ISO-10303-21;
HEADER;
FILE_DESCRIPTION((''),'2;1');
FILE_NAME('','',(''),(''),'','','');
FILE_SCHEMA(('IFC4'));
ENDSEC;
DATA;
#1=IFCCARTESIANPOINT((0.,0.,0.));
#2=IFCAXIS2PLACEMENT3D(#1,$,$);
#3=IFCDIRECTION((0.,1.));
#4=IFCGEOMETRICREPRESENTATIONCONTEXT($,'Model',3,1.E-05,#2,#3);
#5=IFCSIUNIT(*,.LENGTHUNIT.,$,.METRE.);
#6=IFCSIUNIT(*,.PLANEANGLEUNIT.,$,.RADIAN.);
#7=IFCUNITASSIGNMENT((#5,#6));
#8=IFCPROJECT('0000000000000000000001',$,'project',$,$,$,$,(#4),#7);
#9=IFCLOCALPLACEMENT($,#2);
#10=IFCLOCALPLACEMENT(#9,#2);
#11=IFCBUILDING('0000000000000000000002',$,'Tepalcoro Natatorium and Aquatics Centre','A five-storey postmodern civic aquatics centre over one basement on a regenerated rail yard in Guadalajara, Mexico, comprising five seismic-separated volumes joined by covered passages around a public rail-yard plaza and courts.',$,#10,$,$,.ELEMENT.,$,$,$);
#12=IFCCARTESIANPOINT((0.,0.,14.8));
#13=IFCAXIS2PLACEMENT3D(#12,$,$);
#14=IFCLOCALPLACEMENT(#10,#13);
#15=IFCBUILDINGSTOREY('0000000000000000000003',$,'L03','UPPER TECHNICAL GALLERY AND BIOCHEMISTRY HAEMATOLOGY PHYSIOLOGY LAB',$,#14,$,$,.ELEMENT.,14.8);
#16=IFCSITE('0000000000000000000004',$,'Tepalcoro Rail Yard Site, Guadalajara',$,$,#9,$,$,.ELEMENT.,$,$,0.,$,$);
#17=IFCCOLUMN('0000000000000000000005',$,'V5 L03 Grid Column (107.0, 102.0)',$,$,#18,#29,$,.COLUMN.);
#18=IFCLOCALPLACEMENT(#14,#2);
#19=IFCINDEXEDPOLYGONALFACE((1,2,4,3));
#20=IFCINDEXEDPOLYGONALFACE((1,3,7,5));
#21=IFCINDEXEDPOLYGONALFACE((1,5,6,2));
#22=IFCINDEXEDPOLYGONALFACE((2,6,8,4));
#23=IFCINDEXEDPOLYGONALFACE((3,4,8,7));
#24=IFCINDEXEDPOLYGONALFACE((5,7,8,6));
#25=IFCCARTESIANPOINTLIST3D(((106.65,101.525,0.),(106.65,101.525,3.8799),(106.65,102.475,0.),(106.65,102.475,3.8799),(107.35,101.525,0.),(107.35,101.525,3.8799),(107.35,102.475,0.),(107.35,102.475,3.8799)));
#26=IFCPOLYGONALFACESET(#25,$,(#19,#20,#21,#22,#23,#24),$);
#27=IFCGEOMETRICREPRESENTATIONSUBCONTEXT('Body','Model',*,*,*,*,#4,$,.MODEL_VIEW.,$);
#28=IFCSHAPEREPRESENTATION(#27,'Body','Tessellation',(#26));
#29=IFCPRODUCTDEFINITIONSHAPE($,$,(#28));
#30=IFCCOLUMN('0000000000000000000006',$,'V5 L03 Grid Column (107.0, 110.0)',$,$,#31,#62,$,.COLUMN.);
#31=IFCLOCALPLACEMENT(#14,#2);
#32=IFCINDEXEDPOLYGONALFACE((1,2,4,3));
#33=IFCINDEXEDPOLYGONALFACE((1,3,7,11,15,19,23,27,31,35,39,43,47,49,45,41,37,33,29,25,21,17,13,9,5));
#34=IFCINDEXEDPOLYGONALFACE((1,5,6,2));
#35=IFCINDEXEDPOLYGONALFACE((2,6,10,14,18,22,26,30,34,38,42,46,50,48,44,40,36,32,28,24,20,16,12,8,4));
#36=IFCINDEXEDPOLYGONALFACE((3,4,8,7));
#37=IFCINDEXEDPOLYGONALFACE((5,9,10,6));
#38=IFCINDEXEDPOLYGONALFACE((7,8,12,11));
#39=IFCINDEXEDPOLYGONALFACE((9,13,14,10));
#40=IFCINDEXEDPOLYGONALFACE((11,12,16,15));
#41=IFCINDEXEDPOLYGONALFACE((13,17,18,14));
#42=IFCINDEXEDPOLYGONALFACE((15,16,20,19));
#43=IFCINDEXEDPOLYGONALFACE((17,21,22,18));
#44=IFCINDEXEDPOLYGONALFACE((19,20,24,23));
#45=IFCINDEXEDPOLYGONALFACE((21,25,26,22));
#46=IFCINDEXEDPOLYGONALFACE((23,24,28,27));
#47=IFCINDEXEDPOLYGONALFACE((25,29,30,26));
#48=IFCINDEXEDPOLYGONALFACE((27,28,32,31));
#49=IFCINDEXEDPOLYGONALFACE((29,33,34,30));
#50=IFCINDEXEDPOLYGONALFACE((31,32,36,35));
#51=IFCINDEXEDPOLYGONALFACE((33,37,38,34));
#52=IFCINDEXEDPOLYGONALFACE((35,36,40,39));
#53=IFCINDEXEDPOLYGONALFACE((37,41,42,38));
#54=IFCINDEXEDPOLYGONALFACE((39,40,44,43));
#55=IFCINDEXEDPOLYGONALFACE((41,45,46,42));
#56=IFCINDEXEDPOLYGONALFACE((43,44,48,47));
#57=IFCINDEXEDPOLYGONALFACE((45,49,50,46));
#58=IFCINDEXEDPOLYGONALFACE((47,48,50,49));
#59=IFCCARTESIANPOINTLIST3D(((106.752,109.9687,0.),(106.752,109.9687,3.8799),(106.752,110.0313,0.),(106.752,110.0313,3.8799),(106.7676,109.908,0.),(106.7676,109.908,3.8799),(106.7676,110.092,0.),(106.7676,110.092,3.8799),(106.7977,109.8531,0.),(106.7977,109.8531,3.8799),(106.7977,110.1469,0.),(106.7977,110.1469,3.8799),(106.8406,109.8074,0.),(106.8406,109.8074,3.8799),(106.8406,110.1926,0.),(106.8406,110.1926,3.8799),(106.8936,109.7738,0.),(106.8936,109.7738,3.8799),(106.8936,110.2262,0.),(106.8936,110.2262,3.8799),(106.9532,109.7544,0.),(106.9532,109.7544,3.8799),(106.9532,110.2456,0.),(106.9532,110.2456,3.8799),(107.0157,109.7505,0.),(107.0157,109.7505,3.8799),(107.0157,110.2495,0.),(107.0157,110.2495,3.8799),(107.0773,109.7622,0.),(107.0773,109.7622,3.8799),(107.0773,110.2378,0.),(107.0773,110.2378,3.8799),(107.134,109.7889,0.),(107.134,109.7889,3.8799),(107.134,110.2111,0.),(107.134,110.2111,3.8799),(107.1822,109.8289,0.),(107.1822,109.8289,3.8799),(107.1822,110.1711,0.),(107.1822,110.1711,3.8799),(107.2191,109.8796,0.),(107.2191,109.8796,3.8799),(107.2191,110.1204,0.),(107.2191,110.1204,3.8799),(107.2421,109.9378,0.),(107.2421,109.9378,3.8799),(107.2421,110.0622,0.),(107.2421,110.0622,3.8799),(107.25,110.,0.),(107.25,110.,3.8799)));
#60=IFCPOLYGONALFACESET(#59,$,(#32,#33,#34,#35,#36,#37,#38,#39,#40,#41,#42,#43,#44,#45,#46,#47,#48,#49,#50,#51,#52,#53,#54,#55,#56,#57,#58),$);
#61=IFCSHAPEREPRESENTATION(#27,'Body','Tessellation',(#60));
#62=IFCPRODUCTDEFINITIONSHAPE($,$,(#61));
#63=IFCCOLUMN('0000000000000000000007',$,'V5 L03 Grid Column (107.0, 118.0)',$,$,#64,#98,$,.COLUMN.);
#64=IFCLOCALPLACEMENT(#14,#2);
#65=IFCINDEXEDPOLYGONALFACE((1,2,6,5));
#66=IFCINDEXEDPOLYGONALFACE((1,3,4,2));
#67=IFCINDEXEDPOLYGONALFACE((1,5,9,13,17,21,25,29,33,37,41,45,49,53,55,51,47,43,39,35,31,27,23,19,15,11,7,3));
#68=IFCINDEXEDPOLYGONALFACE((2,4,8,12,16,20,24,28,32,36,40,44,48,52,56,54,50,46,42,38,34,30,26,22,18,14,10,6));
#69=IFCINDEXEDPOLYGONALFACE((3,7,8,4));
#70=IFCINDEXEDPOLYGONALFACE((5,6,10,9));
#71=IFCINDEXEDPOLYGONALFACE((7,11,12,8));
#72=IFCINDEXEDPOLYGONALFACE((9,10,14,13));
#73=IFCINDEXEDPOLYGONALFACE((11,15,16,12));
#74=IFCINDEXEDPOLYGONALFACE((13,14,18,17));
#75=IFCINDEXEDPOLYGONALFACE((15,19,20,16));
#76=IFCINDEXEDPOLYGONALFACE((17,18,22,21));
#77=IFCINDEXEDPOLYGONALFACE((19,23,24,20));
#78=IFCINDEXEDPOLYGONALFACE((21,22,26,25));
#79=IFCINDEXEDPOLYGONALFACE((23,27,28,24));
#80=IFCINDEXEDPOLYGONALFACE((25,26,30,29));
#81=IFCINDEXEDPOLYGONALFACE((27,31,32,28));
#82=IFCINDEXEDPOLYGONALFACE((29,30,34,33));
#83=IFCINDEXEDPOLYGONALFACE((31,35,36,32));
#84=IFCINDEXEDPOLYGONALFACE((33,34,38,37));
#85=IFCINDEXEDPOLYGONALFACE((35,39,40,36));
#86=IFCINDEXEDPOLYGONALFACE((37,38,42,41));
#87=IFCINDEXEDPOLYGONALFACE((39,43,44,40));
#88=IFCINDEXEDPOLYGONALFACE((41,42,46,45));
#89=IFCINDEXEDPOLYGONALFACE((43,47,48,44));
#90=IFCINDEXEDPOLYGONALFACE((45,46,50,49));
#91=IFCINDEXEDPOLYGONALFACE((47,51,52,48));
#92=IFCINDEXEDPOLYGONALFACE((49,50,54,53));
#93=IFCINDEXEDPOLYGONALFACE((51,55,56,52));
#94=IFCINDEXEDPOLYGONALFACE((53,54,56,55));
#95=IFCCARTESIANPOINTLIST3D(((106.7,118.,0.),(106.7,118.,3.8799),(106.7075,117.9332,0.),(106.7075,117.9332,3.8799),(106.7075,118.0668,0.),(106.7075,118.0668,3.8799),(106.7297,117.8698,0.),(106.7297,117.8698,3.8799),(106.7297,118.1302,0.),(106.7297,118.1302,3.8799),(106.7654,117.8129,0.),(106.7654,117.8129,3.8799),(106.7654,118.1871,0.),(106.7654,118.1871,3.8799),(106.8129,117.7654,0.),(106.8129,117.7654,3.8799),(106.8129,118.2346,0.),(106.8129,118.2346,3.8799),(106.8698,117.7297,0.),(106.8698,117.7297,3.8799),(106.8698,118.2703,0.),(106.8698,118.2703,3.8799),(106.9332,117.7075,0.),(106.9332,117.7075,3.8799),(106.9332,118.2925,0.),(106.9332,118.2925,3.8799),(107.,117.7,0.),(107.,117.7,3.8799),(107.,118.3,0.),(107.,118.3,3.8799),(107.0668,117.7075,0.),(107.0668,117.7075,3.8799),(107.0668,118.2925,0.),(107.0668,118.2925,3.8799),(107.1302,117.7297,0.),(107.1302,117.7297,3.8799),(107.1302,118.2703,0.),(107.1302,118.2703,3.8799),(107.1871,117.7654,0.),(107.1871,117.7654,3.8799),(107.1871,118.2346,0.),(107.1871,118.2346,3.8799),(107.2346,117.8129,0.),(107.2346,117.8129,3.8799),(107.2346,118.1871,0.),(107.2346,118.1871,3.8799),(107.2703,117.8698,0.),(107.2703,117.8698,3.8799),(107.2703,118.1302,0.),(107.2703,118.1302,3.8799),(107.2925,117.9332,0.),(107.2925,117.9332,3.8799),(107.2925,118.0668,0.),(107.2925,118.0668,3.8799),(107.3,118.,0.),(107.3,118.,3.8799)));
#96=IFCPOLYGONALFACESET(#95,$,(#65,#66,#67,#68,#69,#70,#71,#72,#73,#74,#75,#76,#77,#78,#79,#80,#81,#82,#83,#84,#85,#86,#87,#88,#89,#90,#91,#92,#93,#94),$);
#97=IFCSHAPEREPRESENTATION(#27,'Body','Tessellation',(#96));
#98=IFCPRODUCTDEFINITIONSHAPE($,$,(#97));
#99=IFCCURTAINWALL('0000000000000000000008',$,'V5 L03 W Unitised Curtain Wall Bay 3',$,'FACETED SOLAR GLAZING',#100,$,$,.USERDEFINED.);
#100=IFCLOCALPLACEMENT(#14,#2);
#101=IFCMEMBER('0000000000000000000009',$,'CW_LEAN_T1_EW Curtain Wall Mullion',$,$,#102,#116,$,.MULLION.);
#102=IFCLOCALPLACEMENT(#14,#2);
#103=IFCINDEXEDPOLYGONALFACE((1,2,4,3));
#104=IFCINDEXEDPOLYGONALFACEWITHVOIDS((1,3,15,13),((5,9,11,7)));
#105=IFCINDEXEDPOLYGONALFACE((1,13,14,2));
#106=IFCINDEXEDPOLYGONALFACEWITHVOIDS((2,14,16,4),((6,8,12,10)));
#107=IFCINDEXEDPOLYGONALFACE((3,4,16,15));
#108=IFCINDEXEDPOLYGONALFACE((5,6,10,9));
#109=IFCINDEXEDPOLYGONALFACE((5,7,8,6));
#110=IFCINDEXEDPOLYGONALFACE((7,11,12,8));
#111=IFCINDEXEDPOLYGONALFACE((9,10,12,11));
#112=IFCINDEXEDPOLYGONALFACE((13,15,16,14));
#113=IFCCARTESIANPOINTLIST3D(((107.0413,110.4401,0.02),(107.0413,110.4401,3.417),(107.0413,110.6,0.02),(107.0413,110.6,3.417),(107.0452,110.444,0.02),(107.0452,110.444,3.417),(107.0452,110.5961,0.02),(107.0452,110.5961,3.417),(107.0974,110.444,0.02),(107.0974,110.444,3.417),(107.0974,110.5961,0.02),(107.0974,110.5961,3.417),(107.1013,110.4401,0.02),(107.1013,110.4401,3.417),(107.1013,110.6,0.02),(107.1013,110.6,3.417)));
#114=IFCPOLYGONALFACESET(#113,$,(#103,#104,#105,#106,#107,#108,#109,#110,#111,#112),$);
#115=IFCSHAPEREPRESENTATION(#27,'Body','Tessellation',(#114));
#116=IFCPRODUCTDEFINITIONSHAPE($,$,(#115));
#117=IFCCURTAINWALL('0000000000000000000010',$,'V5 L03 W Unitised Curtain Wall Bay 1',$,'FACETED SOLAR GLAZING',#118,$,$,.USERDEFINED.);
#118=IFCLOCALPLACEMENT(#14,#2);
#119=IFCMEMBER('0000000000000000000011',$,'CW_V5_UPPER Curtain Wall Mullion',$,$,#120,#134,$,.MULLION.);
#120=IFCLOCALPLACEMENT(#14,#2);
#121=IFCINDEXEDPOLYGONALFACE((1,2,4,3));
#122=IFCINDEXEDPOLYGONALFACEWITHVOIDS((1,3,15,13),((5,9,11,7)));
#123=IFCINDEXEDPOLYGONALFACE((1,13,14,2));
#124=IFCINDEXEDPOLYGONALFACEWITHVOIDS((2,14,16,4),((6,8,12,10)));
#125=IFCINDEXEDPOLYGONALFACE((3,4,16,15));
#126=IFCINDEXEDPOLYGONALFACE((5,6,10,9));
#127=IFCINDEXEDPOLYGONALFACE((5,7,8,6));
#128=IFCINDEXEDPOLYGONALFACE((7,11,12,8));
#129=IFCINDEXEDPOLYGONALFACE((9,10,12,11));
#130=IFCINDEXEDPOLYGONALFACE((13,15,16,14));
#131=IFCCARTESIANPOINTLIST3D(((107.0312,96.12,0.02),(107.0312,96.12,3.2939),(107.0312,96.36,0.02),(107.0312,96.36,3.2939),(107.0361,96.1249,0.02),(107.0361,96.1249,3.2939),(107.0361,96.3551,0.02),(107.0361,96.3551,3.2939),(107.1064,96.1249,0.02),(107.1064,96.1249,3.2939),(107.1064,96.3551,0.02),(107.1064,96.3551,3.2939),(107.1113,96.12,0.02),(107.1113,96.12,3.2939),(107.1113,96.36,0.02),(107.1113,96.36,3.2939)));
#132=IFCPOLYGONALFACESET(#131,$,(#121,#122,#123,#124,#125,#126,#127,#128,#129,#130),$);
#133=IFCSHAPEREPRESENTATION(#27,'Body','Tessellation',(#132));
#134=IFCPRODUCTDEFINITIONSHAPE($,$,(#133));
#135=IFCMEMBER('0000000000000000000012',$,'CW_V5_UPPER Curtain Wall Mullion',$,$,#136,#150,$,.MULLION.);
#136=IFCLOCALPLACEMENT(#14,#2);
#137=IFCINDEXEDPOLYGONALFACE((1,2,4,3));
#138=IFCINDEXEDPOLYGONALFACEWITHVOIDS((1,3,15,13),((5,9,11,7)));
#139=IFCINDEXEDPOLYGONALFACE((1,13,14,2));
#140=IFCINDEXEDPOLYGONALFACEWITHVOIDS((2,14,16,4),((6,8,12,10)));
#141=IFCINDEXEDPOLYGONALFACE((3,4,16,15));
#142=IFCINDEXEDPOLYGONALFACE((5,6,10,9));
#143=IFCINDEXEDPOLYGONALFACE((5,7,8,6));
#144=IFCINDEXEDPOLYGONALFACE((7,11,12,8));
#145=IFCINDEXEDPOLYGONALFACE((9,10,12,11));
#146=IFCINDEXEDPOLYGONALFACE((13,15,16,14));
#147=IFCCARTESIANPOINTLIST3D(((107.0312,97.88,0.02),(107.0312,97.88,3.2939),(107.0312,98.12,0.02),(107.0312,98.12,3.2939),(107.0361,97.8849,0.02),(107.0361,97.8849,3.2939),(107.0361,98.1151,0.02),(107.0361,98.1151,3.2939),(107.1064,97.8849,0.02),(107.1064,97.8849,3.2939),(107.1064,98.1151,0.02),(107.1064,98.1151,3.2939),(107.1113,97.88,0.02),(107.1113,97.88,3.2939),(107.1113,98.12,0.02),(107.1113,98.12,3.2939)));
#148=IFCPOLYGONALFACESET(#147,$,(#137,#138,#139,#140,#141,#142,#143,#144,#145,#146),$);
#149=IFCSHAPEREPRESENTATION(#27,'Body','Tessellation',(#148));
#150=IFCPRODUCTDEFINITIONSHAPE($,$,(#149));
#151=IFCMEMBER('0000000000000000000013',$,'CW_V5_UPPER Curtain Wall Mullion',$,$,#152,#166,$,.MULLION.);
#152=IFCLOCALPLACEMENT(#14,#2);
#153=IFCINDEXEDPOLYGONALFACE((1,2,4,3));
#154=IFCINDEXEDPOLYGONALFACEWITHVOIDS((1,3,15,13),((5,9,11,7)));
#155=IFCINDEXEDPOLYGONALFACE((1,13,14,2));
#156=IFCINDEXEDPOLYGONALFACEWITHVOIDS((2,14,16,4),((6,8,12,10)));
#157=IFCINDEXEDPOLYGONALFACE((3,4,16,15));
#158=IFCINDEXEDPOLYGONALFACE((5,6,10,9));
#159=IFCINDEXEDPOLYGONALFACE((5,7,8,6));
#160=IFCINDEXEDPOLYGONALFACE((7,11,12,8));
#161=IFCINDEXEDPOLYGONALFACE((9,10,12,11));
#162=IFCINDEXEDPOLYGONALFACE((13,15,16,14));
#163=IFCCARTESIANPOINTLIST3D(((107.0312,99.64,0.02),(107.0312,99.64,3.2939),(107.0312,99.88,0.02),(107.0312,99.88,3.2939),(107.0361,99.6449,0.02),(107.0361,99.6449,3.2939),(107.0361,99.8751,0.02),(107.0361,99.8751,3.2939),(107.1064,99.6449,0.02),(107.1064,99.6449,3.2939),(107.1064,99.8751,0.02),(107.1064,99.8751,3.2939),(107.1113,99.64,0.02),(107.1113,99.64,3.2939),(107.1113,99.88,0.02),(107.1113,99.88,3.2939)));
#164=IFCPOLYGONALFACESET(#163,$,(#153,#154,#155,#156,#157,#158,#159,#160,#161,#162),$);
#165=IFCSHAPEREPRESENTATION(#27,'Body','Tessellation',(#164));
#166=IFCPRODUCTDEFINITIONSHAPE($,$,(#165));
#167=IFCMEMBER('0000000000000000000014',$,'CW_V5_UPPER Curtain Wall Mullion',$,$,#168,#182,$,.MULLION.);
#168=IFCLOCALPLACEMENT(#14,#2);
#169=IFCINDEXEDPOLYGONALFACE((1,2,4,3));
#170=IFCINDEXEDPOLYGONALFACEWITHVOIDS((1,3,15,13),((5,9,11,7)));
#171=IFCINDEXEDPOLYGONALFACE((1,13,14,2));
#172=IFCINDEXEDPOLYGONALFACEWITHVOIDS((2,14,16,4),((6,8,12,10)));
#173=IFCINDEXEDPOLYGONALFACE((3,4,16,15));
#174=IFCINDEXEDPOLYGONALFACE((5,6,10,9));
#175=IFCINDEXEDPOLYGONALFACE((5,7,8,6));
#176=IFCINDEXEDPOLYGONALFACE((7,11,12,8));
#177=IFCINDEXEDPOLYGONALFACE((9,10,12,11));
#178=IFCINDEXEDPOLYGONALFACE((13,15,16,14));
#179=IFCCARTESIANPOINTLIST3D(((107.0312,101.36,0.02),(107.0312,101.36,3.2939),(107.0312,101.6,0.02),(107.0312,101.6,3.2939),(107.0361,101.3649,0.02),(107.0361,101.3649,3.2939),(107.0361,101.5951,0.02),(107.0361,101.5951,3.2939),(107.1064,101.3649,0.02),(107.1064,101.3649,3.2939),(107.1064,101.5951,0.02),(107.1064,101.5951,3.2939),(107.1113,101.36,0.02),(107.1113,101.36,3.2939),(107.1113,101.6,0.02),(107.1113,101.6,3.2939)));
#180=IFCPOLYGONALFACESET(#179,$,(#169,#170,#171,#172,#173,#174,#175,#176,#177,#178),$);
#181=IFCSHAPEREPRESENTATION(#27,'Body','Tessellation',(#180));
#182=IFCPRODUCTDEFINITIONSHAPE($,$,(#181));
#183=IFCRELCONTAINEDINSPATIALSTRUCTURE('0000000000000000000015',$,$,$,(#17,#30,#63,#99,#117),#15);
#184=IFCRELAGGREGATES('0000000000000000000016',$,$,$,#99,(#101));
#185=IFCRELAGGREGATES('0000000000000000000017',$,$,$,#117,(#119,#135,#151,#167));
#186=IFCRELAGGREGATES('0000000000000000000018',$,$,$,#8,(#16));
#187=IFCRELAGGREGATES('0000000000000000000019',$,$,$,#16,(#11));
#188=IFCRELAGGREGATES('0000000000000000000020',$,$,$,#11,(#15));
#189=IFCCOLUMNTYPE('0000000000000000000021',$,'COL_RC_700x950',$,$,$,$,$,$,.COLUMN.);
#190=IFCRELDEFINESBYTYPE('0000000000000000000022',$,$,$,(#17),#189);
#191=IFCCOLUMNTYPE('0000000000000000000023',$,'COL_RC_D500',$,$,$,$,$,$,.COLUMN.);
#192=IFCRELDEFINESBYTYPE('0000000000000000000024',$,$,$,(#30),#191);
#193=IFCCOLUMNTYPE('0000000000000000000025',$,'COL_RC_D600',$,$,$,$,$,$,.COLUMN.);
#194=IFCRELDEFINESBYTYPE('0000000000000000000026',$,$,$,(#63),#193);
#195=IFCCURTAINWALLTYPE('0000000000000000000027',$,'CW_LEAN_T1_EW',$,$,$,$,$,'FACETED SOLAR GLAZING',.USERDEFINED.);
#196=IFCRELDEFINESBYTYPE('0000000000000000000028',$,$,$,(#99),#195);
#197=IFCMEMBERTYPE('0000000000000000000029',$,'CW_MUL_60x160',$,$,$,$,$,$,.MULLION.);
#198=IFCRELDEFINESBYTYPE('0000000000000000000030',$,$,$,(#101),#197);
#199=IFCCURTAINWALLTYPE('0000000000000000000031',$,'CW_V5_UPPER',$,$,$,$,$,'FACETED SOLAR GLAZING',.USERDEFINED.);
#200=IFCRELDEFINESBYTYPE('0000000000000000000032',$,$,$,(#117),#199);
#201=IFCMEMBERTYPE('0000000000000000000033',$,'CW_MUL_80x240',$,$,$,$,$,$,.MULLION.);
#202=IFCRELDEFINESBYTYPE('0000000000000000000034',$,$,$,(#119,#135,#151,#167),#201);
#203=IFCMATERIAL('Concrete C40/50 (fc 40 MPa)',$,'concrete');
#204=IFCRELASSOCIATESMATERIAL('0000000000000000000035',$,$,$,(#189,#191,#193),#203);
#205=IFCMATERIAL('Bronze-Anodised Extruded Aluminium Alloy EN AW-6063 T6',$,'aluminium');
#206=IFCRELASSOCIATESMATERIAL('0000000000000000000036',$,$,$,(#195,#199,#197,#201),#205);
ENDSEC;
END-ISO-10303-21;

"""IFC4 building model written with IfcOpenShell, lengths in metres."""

from ifc_helpers import new_model, si_unit, direction, frame, origin, origin_2d, place, context, subcontext, project, spatial, rectangle, hollow_rectangle, circle, extrude, material, material_profile, profile_set, type_object, element, aggregate, save


model = new_model("IFC4")

# Units and contexts
model_context = context("Model", 3, precision=1e-05, world=origin(), true_north=direction((0.0, 1.0)))
body_context = subcontext(model_context, "Body", "Model", "MODEL_VIEW")
ifc_project = project(units=[si_unit("LENGTHUNIT", "METRE"), si_unit("PLANEANGLEUNIT", "RADIAN")], contexts=[model_context])

# Site, building, storey
site_placement = place(None, origin())
site = spatial("IfcSite", under=ifc_project, at=site_placement, Name="Tepalcoro Rail Yard Site, Guadalajara", CompositionType="ELEMENT", RefElevation=0.0)
building_placement = place(site_placement, origin())
building = spatial("IfcBuilding", under=site, at=building_placement, Name="Tepalcoro Natatorium and Aquatics Centre", Description="A five-storey postmodern civic aquatics centre over one basement on a regenerated rail yard in Guadalajara, Mexico, comprising five seismic-separated volumes joined by covered passages around a public rail-yard plaza and courts.", CompositionType="ELEMENT")
storey_placement = place(building_placement, frame((0.0, 0.0, 14.8)))
storey = spatial("IfcBuildingStorey", under=building, at=storey_placement, Name="L03", Description="UPPER TECHNICAL GALLERY AND BIOCHEMISTRY HAEMATOLOGY PHYSIOLOGY LAB", CompositionType="ELEMENT", Elevation=14.8)

# Columns
ifc_material_1 = material(Name="Concrete C40/50 (fc 40 MPa)", Category="concrete")
ifc_material_profile_1 = material_profile(ifc_material_1, rectangle(XDim=0.7, YDim=0.95, at=origin_2d()), Name="RC700x950")
ifc_profile_set_1 = profile_set([ifc_material_profile_1], Name="Concrete C40/50 (fc 40 MPa)")
column_type_1 = type_object("IfcColumnType", Name="COL_RC_700x950", PredefinedType="COLUMN", material=ifc_profile_set_1)
column_1_placement = place(storey_placement, frame((107.0, 102.0, 0.0), z_axis=(0.0, 0.0, 1.0), x_axis=(1.0, 0.0, 0.0)))
element("IfcColumn", 1, at=column_1_placement, inside=storey, type_object=column_type_1, Name="V5 L03 Grid Column (107.0, 102.0)", PredefinedType="COLUMN", context=body_context, shape_type="SweptSolid", body=[
    extrude(rectangle(XDim=0.7, YDim=0.95, at=origin_2d()), origin(), (0.0, 0.0, 1.0), 3.8799),
])
ifc_material_profile_2 = material_profile(ifc_material_1, circle(Radius=0.25, at=origin_2d()), Name="RCD500")
ifc_profile_set_2 = profile_set([ifc_material_profile_2], Name="Concrete C40/50 (fc 40 MPa)")
column_type_2 = type_object("IfcColumnType", Name="COL_RC_D500", PredefinedType="COLUMN", material=ifc_profile_set_2)
column_2_placement = place(storey_placement, frame((107.0, 110.0, 0.0), z_axis=(0.0, 0.0, 1.0), x_axis=(1.0, 0.0, 0.0)))
element("IfcColumn", 2, at=column_2_placement, inside=storey, type_object=column_type_2, Name="V5 L03 Grid Column (107.0, 110.0)", PredefinedType="COLUMN", context=body_context, shape_type="SweptSolid", body=[
    extrude(circle(Radius=0.25, at=origin_2d()), origin(), (0.0, 0.0, 1.0), 3.8799),
])
ifc_material_profile_3 = material_profile(ifc_material_1, circle(Radius=0.3, at=origin_2d()), Name="RCD600")
ifc_profile_set_3 = profile_set([ifc_material_profile_3], Name="Concrete C40/50 (fc 40 MPa)")
column_type_3 = type_object("IfcColumnType", Name="COL_RC_D600", PredefinedType="COLUMN", material=ifc_profile_set_3)
column_3_placement = place(storey_placement, frame((107.0, 118.0, 0.0), z_axis=(0.0, 0.0, 1.0), x_axis=(1.0, 0.0, 0.0)))
element("IfcColumn", 3, at=column_3_placement, inside=storey, type_object=column_type_3, Name="V5 L03 Grid Column (107.0, 118.0)", PredefinedType="COLUMN", context=body_context, shape_type="SweptSolid", body=[
    extrude(circle(Radius=0.3, at=origin_2d()), origin(), (0.0, 0.0, 1.0), 3.8799),
])

# Curtain wall, member
ifc_material_2 = material(Name="Bronze-Anodised Extruded Aluminium Alloy EN AW-6063 T6", Category="aluminium")
curtain_wall_type_1 = type_object("IfcCurtainWallType", Name="CW_LEAN_T1_EW", ElementType="FACETED SOLAR GLAZING", PredefinedType="USERDEFINED", material=ifc_material_2)
curtain_wall_1_placement = place(storey_placement, origin())
curtain_wall_1 = element("IfcCurtainWall", 4, at=curtain_wall_1_placement, inside=storey, type_object=curtain_wall_type_1, Name="V5 L03 W Unitised Curtain Wall Bay 3", ObjectType="FACETED SOLAR GLAZING", PredefinedType="USERDEFINED")
ifc_material_profile_4 = material_profile(ifc_material_2, hollow_rectangle(XDim=0.0601, YDim=0.1599, WallThickness=0.0039, at=origin_2d()), Name="AL60X160X4")
ifc_profile_set_4 = profile_set([ifc_material_profile_4], Name="Bronze-Anodised Extruded Aluminium Alloy EN AW-6063 T6")
member_type_1 = type_object("IfcMemberType", Name="CW_MUL_60x160", PredefinedType="MULLION", material=ifc_profile_set_4)
member_1_placement = place(storey_placement, frame((107.0713, 110.52, 0.02), z_axis=(0.0, 0.0, 1.0), x_axis=(1.0, 0.0, 0.0)))
member_1 = element("IfcMember", 5, at=member_1_placement, type_object=member_type_1, Name="CW_LEAN_T1_EW Curtain Wall Mullion", PredefinedType="MULLION", context=body_context, shape_type="SweptSolid", body=[
    extrude(hollow_rectangle(XDim=0.0601, YDim=0.1599, WallThickness=0.0039, at=origin_2d()), origin(), (0.0, 0.0, 1.0), 3.397),
])

# Curtain wall, members
curtain_wall_type_2 = type_object("IfcCurtainWallType", Name="CW_V5_UPPER", ElementType="FACETED SOLAR GLAZING", PredefinedType="USERDEFINED", material=ifc_material_2)
curtain_wall_2_placement = place(storey_placement, origin())
curtain_wall_2 = element("IfcCurtainWall", 6, at=curtain_wall_2_placement, inside=storey, type_object=curtain_wall_type_2, Name="V5 L03 W Unitised Curtain Wall Bay 1", ObjectType="FACETED SOLAR GLAZING", PredefinedType="USERDEFINED")
ifc_material_profile_5 = material_profile(ifc_material_2, hollow_rectangle(XDim=0.0801, YDim=0.24, WallThickness=0.0049, at=origin_2d()), Name="AL80X240X5")
ifc_profile_set_5 = profile_set([ifc_material_profile_5], Name="Bronze-Anodised Extruded Aluminium Alloy EN AW-6063 T6")
member_type_2 = type_object("IfcMemberType", Name="CW_MUL_80x240", PredefinedType="MULLION", material=ifc_profile_set_5)
member_2_placement = place(storey_placement, frame((107.0713, 96.24, 0.02), z_axis=(0.0, 0.0, 1.0), x_axis=(1.0, 0.0, 0.0)))
member_2 = element("IfcMember", 7, at=member_2_placement, type_object=member_type_2, Name="CW_V5_UPPER Curtain Wall Mullion", PredefinedType="MULLION", context=body_context, shape_type="SweptSolid", body=[
    extrude(hollow_rectangle(XDim=0.0801, YDim=0.24, WallThickness=0.0049, at=origin_2d()), origin(), (0.0, 0.0, 1.0), 3.2739),
])
member_3_placement = place(storey_placement, frame((107.0713, 98.0, 0.02), z_axis=(0.0, 0.0, 1.0), x_axis=(1.0, 0.0, 0.0)))
member_3 = element("IfcMember", 8, at=member_3_placement, type_object=member_type_2, Name="CW_V5_UPPER Curtain Wall Mullion", PredefinedType="MULLION", context=body_context, shape_type="SweptSolid", body=[
    extrude(hollow_rectangle(XDim=0.0801, YDim=0.24, WallThickness=0.0049, at=origin_2d()), origin(), (0.0, 0.0, 1.0), 3.2739),
])
member_4_placement = place(storey_placement, frame((107.0713, 99.76, 0.02), z_axis=(0.0, 0.0, 1.0), x_axis=(1.0, 0.0, 0.0)))
member_4 = element("IfcMember", 9, at=member_4_placement, type_object=member_type_2, Name="CW_V5_UPPER Curtain Wall Mullion", PredefinedType="MULLION", context=body_context, shape_type="SweptSolid", body=[
    extrude(hollow_rectangle(XDim=0.0801, YDim=0.24, WallThickness=0.0049, at=origin_2d()), origin(), (0.0, 0.0, 1.0), 3.2739),
])
member_5_placement = place(storey_placement, frame((107.0713, 101.48, 0.02), z_axis=(0.0, 0.0, 1.0), x_axis=(1.0, 0.0, 0.0)))
member_5 = element("IfcMember", 10, at=member_5_placement, type_object=member_type_2, Name="CW_V5_UPPER Curtain Wall Mullion", PredefinedType="MULLION", context=body_context, shape_type="SweptSolid", body=[
    extrude(hollow_rectangle(XDim=0.0801, YDim=0.24, WallThickness=0.0049, at=origin_2d()), origin(), (0.0, 0.0, 1.0), 3.2739),
])

aggregate(curtain_wall_1, [member_1])

aggregate(curtain_wall_2, [member_2, member_3, member_4, member_5])

save(model, "model.ifc")
